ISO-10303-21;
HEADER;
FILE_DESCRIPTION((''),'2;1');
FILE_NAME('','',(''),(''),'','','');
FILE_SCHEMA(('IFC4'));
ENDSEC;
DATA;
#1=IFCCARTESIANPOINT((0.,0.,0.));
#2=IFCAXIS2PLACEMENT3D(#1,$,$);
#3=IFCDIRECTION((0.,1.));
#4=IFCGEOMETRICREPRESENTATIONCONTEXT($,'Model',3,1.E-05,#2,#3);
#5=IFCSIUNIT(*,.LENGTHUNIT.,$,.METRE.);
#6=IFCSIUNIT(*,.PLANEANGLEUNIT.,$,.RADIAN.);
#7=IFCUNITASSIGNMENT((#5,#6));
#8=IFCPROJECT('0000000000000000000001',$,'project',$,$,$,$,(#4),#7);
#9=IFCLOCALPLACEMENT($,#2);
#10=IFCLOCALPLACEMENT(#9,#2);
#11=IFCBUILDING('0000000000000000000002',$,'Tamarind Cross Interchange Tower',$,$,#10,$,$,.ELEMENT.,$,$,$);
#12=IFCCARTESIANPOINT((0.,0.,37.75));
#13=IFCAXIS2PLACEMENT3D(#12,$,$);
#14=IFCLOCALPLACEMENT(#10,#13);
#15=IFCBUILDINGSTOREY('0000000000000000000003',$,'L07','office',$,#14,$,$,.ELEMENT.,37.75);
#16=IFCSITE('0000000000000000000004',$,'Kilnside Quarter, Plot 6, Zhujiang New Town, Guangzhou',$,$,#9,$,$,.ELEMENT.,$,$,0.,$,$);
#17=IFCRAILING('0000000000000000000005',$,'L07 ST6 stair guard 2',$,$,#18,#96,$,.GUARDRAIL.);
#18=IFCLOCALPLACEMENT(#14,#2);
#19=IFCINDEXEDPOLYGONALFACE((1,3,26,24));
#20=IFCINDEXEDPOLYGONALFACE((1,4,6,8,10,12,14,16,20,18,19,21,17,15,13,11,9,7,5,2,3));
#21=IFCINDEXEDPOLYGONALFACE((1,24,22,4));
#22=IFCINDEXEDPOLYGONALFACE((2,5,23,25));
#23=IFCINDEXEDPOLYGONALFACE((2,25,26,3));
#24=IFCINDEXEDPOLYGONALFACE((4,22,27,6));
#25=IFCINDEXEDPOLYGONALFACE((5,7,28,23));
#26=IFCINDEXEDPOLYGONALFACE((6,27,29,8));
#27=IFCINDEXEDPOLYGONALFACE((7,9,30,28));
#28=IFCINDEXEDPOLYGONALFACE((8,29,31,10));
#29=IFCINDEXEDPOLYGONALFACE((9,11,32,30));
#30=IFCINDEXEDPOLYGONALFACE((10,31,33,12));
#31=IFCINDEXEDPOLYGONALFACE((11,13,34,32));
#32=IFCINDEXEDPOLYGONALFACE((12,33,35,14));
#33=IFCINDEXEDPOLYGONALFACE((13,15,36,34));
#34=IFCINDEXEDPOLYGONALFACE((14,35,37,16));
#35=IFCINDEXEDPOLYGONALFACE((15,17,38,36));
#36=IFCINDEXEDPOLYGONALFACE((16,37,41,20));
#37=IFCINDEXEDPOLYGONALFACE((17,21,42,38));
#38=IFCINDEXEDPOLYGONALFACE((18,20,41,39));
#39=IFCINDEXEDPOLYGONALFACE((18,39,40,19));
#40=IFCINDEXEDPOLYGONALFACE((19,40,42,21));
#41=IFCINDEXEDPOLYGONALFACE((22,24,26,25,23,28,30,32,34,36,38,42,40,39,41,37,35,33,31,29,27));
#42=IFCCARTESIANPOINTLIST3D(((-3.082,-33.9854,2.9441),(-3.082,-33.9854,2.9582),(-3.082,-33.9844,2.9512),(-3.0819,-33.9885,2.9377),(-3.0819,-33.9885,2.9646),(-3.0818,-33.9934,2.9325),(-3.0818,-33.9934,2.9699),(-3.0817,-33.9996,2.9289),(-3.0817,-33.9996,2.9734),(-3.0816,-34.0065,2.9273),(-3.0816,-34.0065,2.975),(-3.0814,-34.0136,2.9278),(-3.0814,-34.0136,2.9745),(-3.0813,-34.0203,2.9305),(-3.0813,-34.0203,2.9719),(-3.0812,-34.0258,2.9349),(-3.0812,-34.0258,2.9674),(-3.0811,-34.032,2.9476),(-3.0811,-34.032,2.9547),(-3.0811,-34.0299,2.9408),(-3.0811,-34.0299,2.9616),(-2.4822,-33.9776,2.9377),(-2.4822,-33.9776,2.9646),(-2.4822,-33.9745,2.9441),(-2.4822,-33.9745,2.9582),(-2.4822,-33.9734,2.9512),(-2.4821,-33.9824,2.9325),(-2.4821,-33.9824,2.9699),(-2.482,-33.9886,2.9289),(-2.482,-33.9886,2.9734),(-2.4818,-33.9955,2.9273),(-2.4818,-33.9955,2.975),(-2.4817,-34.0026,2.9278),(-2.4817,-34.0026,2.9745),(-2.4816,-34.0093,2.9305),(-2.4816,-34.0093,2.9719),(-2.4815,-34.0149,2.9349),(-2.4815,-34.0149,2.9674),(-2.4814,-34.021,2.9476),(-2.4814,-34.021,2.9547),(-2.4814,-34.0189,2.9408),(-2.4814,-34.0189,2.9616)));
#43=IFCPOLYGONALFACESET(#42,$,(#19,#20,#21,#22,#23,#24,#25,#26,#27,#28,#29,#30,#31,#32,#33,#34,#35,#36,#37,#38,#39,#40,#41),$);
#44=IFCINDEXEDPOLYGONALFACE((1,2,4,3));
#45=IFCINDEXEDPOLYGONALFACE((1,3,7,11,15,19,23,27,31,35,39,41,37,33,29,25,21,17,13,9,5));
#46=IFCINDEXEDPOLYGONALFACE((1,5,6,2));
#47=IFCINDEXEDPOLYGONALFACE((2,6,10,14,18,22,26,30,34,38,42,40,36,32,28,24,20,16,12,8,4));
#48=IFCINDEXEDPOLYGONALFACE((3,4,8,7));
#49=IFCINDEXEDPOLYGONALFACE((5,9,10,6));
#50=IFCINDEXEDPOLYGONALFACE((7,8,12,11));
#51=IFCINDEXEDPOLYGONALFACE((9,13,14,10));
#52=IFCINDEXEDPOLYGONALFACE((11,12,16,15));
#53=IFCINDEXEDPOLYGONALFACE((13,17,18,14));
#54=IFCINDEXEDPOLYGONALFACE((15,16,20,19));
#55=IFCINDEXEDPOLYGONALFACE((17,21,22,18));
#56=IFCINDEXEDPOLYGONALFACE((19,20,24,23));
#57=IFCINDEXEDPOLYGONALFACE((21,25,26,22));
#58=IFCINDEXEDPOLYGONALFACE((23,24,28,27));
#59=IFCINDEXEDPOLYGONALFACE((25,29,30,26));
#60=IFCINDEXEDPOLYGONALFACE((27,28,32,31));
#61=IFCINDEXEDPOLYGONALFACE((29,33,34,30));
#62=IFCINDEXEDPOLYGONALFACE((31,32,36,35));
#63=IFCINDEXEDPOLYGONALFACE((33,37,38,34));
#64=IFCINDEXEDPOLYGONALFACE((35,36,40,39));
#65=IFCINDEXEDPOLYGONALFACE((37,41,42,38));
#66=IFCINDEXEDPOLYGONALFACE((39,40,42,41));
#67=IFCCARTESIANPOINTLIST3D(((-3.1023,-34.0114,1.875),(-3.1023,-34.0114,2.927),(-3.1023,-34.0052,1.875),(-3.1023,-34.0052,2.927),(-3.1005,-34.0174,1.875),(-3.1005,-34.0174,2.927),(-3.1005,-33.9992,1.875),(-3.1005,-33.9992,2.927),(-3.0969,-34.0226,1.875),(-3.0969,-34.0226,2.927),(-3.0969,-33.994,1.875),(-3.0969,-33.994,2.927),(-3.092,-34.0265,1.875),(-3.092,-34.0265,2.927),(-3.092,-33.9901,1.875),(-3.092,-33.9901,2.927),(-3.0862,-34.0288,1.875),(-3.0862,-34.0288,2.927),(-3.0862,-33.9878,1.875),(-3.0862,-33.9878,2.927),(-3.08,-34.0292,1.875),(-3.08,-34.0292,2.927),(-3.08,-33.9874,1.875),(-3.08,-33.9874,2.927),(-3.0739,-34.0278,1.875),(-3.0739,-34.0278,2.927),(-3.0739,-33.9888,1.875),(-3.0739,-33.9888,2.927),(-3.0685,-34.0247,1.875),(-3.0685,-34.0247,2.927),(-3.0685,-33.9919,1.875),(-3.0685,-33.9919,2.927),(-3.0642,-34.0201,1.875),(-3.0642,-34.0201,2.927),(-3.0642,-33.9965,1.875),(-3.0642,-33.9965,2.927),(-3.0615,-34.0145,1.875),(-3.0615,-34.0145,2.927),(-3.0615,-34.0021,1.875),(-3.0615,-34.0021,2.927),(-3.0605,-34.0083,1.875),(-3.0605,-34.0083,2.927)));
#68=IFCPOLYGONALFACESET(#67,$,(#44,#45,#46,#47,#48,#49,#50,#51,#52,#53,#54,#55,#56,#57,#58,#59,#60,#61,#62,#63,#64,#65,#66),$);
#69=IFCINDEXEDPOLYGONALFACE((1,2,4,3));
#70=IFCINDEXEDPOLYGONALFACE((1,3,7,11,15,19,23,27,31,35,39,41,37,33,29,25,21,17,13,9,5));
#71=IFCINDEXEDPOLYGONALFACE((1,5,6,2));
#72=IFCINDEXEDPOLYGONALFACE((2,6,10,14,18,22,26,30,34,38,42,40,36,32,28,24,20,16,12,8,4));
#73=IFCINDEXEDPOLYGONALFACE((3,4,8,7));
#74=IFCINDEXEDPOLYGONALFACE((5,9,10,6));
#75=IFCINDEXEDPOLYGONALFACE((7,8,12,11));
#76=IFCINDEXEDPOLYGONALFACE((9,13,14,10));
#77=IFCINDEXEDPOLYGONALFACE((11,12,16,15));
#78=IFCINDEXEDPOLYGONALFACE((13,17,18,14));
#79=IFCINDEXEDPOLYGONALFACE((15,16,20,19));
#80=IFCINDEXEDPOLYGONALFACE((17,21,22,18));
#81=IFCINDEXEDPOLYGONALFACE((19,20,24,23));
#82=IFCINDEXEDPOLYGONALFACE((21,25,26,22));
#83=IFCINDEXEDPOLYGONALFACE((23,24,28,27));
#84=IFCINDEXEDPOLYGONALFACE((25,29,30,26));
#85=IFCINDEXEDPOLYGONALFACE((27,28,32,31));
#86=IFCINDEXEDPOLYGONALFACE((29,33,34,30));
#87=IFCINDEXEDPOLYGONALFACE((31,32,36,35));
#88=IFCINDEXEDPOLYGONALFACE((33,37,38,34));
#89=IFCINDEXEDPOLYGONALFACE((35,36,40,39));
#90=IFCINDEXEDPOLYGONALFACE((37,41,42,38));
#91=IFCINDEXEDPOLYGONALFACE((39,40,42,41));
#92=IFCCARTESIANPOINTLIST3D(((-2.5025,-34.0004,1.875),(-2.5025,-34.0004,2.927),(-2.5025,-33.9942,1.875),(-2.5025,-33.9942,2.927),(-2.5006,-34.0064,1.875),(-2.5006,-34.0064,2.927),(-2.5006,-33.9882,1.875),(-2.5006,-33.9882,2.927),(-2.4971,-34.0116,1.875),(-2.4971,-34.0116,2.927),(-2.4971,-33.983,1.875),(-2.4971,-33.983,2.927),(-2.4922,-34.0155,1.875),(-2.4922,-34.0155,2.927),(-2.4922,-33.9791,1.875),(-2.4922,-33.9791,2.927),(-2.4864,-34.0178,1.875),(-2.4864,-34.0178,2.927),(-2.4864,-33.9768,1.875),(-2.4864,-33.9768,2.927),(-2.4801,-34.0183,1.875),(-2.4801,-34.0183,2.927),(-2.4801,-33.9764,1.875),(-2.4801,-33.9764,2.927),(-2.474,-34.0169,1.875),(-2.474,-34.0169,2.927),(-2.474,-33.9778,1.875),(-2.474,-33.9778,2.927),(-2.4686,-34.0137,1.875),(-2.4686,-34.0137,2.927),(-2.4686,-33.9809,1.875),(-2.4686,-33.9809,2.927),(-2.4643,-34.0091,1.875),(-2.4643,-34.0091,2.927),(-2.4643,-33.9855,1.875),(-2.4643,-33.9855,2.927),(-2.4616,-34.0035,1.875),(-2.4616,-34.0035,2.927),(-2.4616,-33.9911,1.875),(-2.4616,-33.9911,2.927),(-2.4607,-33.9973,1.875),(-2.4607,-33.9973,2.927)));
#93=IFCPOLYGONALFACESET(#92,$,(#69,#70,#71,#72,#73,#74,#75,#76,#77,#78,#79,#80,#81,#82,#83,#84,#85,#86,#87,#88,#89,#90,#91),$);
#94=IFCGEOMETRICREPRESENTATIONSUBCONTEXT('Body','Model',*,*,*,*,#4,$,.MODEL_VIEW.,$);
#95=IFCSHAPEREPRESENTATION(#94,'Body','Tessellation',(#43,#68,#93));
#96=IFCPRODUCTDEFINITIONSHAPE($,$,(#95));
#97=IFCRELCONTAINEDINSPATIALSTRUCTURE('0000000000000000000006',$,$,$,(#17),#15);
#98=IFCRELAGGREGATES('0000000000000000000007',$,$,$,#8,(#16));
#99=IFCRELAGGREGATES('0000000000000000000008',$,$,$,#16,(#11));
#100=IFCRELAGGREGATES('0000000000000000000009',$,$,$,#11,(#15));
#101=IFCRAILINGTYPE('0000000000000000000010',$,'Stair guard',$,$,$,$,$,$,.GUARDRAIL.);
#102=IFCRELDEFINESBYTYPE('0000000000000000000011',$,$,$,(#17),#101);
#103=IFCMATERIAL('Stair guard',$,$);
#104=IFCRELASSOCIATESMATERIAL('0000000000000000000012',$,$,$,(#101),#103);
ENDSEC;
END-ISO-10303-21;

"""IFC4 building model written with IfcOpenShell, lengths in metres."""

from ifc_helpers import new_model, si_unit, direction, frame, origin, origin_2d, place, context, subcontext, project, spatial, circle, extrude, material, type_object, element, save


model = new_model("IFC4")

# Units and contexts
model_context = context("Model", 3, precision=1e-05, world=origin(), true_north=direction((0.0, 1.0)))
body_context = subcontext(model_context, "Body", "Model", "MODEL_VIEW")
ifc_project = project(units=[si_unit("LENGTHUNIT", "METRE"), si_unit("PLANEANGLEUNIT", "RADIAN")], contexts=[model_context])

# Site, building, storey
site_placement = place(None, origin())
site = spatial("IfcSite", under=ifc_project, at=site_placement, Name="Kilnside Quarter, Plot 6, Zhujiang New Town, Guangzhou", CompositionType="ELEMENT", RefElevation=0.0)
building_placement = place(site_placement, origin())
building = spatial("IfcBuilding", under=site, at=building_placement, Name="Tamarind Cross Interchange Tower", CompositionType="ELEMENT")
storey_placement = place(building_placement, frame((0.0, 0.0, 37.75)))
storey = spatial("IfcBuildingStorey", under=building, at=storey_placement, Name="L07", Description="office", CompositionType="ELEMENT", Elevation=37.75)

# Railing
ifc_material_1 = material(Name="Stair guard")
railing_type_1 = type_object("IfcRailingType", Name="Stair guard", PredefinedType="GUARDRAIL", material=ifc_material_1)
railing_1_placement = place(storey_placement, frame((-3.0815, -34.0083, 1.875)))
element("IfcRailing", 1, at=railing_1_placement, inside=storey, type_object=railing_type_1, Name="L07 ST6 stair guard 2", PredefinedType="GUARDRAIL", context=body_context, shape_type="SweptSolid", body=[
    extrude(circle(Radius=0.0239, at=origin_2d()), frame((0.0, 0.0, 1.0762), z_axis=(0.999832, 0.018312, 0.0), x_axis=(-0.018312, 0.999832, 0.0)), (0.0, 0.0, 1.0), 0.5999),
    extrude(circle(Radius=0.021, at=origin_2d()), origin(), (0.0, 0.0, 1.0), 1.052),
    extrude(circle(Radius=0.021, at=origin_2d()), frame((0.5999, 0.011, 0.0)), (0.0, 0.0, 1.0), 1.052),
])

save(model, "model.ifc")
